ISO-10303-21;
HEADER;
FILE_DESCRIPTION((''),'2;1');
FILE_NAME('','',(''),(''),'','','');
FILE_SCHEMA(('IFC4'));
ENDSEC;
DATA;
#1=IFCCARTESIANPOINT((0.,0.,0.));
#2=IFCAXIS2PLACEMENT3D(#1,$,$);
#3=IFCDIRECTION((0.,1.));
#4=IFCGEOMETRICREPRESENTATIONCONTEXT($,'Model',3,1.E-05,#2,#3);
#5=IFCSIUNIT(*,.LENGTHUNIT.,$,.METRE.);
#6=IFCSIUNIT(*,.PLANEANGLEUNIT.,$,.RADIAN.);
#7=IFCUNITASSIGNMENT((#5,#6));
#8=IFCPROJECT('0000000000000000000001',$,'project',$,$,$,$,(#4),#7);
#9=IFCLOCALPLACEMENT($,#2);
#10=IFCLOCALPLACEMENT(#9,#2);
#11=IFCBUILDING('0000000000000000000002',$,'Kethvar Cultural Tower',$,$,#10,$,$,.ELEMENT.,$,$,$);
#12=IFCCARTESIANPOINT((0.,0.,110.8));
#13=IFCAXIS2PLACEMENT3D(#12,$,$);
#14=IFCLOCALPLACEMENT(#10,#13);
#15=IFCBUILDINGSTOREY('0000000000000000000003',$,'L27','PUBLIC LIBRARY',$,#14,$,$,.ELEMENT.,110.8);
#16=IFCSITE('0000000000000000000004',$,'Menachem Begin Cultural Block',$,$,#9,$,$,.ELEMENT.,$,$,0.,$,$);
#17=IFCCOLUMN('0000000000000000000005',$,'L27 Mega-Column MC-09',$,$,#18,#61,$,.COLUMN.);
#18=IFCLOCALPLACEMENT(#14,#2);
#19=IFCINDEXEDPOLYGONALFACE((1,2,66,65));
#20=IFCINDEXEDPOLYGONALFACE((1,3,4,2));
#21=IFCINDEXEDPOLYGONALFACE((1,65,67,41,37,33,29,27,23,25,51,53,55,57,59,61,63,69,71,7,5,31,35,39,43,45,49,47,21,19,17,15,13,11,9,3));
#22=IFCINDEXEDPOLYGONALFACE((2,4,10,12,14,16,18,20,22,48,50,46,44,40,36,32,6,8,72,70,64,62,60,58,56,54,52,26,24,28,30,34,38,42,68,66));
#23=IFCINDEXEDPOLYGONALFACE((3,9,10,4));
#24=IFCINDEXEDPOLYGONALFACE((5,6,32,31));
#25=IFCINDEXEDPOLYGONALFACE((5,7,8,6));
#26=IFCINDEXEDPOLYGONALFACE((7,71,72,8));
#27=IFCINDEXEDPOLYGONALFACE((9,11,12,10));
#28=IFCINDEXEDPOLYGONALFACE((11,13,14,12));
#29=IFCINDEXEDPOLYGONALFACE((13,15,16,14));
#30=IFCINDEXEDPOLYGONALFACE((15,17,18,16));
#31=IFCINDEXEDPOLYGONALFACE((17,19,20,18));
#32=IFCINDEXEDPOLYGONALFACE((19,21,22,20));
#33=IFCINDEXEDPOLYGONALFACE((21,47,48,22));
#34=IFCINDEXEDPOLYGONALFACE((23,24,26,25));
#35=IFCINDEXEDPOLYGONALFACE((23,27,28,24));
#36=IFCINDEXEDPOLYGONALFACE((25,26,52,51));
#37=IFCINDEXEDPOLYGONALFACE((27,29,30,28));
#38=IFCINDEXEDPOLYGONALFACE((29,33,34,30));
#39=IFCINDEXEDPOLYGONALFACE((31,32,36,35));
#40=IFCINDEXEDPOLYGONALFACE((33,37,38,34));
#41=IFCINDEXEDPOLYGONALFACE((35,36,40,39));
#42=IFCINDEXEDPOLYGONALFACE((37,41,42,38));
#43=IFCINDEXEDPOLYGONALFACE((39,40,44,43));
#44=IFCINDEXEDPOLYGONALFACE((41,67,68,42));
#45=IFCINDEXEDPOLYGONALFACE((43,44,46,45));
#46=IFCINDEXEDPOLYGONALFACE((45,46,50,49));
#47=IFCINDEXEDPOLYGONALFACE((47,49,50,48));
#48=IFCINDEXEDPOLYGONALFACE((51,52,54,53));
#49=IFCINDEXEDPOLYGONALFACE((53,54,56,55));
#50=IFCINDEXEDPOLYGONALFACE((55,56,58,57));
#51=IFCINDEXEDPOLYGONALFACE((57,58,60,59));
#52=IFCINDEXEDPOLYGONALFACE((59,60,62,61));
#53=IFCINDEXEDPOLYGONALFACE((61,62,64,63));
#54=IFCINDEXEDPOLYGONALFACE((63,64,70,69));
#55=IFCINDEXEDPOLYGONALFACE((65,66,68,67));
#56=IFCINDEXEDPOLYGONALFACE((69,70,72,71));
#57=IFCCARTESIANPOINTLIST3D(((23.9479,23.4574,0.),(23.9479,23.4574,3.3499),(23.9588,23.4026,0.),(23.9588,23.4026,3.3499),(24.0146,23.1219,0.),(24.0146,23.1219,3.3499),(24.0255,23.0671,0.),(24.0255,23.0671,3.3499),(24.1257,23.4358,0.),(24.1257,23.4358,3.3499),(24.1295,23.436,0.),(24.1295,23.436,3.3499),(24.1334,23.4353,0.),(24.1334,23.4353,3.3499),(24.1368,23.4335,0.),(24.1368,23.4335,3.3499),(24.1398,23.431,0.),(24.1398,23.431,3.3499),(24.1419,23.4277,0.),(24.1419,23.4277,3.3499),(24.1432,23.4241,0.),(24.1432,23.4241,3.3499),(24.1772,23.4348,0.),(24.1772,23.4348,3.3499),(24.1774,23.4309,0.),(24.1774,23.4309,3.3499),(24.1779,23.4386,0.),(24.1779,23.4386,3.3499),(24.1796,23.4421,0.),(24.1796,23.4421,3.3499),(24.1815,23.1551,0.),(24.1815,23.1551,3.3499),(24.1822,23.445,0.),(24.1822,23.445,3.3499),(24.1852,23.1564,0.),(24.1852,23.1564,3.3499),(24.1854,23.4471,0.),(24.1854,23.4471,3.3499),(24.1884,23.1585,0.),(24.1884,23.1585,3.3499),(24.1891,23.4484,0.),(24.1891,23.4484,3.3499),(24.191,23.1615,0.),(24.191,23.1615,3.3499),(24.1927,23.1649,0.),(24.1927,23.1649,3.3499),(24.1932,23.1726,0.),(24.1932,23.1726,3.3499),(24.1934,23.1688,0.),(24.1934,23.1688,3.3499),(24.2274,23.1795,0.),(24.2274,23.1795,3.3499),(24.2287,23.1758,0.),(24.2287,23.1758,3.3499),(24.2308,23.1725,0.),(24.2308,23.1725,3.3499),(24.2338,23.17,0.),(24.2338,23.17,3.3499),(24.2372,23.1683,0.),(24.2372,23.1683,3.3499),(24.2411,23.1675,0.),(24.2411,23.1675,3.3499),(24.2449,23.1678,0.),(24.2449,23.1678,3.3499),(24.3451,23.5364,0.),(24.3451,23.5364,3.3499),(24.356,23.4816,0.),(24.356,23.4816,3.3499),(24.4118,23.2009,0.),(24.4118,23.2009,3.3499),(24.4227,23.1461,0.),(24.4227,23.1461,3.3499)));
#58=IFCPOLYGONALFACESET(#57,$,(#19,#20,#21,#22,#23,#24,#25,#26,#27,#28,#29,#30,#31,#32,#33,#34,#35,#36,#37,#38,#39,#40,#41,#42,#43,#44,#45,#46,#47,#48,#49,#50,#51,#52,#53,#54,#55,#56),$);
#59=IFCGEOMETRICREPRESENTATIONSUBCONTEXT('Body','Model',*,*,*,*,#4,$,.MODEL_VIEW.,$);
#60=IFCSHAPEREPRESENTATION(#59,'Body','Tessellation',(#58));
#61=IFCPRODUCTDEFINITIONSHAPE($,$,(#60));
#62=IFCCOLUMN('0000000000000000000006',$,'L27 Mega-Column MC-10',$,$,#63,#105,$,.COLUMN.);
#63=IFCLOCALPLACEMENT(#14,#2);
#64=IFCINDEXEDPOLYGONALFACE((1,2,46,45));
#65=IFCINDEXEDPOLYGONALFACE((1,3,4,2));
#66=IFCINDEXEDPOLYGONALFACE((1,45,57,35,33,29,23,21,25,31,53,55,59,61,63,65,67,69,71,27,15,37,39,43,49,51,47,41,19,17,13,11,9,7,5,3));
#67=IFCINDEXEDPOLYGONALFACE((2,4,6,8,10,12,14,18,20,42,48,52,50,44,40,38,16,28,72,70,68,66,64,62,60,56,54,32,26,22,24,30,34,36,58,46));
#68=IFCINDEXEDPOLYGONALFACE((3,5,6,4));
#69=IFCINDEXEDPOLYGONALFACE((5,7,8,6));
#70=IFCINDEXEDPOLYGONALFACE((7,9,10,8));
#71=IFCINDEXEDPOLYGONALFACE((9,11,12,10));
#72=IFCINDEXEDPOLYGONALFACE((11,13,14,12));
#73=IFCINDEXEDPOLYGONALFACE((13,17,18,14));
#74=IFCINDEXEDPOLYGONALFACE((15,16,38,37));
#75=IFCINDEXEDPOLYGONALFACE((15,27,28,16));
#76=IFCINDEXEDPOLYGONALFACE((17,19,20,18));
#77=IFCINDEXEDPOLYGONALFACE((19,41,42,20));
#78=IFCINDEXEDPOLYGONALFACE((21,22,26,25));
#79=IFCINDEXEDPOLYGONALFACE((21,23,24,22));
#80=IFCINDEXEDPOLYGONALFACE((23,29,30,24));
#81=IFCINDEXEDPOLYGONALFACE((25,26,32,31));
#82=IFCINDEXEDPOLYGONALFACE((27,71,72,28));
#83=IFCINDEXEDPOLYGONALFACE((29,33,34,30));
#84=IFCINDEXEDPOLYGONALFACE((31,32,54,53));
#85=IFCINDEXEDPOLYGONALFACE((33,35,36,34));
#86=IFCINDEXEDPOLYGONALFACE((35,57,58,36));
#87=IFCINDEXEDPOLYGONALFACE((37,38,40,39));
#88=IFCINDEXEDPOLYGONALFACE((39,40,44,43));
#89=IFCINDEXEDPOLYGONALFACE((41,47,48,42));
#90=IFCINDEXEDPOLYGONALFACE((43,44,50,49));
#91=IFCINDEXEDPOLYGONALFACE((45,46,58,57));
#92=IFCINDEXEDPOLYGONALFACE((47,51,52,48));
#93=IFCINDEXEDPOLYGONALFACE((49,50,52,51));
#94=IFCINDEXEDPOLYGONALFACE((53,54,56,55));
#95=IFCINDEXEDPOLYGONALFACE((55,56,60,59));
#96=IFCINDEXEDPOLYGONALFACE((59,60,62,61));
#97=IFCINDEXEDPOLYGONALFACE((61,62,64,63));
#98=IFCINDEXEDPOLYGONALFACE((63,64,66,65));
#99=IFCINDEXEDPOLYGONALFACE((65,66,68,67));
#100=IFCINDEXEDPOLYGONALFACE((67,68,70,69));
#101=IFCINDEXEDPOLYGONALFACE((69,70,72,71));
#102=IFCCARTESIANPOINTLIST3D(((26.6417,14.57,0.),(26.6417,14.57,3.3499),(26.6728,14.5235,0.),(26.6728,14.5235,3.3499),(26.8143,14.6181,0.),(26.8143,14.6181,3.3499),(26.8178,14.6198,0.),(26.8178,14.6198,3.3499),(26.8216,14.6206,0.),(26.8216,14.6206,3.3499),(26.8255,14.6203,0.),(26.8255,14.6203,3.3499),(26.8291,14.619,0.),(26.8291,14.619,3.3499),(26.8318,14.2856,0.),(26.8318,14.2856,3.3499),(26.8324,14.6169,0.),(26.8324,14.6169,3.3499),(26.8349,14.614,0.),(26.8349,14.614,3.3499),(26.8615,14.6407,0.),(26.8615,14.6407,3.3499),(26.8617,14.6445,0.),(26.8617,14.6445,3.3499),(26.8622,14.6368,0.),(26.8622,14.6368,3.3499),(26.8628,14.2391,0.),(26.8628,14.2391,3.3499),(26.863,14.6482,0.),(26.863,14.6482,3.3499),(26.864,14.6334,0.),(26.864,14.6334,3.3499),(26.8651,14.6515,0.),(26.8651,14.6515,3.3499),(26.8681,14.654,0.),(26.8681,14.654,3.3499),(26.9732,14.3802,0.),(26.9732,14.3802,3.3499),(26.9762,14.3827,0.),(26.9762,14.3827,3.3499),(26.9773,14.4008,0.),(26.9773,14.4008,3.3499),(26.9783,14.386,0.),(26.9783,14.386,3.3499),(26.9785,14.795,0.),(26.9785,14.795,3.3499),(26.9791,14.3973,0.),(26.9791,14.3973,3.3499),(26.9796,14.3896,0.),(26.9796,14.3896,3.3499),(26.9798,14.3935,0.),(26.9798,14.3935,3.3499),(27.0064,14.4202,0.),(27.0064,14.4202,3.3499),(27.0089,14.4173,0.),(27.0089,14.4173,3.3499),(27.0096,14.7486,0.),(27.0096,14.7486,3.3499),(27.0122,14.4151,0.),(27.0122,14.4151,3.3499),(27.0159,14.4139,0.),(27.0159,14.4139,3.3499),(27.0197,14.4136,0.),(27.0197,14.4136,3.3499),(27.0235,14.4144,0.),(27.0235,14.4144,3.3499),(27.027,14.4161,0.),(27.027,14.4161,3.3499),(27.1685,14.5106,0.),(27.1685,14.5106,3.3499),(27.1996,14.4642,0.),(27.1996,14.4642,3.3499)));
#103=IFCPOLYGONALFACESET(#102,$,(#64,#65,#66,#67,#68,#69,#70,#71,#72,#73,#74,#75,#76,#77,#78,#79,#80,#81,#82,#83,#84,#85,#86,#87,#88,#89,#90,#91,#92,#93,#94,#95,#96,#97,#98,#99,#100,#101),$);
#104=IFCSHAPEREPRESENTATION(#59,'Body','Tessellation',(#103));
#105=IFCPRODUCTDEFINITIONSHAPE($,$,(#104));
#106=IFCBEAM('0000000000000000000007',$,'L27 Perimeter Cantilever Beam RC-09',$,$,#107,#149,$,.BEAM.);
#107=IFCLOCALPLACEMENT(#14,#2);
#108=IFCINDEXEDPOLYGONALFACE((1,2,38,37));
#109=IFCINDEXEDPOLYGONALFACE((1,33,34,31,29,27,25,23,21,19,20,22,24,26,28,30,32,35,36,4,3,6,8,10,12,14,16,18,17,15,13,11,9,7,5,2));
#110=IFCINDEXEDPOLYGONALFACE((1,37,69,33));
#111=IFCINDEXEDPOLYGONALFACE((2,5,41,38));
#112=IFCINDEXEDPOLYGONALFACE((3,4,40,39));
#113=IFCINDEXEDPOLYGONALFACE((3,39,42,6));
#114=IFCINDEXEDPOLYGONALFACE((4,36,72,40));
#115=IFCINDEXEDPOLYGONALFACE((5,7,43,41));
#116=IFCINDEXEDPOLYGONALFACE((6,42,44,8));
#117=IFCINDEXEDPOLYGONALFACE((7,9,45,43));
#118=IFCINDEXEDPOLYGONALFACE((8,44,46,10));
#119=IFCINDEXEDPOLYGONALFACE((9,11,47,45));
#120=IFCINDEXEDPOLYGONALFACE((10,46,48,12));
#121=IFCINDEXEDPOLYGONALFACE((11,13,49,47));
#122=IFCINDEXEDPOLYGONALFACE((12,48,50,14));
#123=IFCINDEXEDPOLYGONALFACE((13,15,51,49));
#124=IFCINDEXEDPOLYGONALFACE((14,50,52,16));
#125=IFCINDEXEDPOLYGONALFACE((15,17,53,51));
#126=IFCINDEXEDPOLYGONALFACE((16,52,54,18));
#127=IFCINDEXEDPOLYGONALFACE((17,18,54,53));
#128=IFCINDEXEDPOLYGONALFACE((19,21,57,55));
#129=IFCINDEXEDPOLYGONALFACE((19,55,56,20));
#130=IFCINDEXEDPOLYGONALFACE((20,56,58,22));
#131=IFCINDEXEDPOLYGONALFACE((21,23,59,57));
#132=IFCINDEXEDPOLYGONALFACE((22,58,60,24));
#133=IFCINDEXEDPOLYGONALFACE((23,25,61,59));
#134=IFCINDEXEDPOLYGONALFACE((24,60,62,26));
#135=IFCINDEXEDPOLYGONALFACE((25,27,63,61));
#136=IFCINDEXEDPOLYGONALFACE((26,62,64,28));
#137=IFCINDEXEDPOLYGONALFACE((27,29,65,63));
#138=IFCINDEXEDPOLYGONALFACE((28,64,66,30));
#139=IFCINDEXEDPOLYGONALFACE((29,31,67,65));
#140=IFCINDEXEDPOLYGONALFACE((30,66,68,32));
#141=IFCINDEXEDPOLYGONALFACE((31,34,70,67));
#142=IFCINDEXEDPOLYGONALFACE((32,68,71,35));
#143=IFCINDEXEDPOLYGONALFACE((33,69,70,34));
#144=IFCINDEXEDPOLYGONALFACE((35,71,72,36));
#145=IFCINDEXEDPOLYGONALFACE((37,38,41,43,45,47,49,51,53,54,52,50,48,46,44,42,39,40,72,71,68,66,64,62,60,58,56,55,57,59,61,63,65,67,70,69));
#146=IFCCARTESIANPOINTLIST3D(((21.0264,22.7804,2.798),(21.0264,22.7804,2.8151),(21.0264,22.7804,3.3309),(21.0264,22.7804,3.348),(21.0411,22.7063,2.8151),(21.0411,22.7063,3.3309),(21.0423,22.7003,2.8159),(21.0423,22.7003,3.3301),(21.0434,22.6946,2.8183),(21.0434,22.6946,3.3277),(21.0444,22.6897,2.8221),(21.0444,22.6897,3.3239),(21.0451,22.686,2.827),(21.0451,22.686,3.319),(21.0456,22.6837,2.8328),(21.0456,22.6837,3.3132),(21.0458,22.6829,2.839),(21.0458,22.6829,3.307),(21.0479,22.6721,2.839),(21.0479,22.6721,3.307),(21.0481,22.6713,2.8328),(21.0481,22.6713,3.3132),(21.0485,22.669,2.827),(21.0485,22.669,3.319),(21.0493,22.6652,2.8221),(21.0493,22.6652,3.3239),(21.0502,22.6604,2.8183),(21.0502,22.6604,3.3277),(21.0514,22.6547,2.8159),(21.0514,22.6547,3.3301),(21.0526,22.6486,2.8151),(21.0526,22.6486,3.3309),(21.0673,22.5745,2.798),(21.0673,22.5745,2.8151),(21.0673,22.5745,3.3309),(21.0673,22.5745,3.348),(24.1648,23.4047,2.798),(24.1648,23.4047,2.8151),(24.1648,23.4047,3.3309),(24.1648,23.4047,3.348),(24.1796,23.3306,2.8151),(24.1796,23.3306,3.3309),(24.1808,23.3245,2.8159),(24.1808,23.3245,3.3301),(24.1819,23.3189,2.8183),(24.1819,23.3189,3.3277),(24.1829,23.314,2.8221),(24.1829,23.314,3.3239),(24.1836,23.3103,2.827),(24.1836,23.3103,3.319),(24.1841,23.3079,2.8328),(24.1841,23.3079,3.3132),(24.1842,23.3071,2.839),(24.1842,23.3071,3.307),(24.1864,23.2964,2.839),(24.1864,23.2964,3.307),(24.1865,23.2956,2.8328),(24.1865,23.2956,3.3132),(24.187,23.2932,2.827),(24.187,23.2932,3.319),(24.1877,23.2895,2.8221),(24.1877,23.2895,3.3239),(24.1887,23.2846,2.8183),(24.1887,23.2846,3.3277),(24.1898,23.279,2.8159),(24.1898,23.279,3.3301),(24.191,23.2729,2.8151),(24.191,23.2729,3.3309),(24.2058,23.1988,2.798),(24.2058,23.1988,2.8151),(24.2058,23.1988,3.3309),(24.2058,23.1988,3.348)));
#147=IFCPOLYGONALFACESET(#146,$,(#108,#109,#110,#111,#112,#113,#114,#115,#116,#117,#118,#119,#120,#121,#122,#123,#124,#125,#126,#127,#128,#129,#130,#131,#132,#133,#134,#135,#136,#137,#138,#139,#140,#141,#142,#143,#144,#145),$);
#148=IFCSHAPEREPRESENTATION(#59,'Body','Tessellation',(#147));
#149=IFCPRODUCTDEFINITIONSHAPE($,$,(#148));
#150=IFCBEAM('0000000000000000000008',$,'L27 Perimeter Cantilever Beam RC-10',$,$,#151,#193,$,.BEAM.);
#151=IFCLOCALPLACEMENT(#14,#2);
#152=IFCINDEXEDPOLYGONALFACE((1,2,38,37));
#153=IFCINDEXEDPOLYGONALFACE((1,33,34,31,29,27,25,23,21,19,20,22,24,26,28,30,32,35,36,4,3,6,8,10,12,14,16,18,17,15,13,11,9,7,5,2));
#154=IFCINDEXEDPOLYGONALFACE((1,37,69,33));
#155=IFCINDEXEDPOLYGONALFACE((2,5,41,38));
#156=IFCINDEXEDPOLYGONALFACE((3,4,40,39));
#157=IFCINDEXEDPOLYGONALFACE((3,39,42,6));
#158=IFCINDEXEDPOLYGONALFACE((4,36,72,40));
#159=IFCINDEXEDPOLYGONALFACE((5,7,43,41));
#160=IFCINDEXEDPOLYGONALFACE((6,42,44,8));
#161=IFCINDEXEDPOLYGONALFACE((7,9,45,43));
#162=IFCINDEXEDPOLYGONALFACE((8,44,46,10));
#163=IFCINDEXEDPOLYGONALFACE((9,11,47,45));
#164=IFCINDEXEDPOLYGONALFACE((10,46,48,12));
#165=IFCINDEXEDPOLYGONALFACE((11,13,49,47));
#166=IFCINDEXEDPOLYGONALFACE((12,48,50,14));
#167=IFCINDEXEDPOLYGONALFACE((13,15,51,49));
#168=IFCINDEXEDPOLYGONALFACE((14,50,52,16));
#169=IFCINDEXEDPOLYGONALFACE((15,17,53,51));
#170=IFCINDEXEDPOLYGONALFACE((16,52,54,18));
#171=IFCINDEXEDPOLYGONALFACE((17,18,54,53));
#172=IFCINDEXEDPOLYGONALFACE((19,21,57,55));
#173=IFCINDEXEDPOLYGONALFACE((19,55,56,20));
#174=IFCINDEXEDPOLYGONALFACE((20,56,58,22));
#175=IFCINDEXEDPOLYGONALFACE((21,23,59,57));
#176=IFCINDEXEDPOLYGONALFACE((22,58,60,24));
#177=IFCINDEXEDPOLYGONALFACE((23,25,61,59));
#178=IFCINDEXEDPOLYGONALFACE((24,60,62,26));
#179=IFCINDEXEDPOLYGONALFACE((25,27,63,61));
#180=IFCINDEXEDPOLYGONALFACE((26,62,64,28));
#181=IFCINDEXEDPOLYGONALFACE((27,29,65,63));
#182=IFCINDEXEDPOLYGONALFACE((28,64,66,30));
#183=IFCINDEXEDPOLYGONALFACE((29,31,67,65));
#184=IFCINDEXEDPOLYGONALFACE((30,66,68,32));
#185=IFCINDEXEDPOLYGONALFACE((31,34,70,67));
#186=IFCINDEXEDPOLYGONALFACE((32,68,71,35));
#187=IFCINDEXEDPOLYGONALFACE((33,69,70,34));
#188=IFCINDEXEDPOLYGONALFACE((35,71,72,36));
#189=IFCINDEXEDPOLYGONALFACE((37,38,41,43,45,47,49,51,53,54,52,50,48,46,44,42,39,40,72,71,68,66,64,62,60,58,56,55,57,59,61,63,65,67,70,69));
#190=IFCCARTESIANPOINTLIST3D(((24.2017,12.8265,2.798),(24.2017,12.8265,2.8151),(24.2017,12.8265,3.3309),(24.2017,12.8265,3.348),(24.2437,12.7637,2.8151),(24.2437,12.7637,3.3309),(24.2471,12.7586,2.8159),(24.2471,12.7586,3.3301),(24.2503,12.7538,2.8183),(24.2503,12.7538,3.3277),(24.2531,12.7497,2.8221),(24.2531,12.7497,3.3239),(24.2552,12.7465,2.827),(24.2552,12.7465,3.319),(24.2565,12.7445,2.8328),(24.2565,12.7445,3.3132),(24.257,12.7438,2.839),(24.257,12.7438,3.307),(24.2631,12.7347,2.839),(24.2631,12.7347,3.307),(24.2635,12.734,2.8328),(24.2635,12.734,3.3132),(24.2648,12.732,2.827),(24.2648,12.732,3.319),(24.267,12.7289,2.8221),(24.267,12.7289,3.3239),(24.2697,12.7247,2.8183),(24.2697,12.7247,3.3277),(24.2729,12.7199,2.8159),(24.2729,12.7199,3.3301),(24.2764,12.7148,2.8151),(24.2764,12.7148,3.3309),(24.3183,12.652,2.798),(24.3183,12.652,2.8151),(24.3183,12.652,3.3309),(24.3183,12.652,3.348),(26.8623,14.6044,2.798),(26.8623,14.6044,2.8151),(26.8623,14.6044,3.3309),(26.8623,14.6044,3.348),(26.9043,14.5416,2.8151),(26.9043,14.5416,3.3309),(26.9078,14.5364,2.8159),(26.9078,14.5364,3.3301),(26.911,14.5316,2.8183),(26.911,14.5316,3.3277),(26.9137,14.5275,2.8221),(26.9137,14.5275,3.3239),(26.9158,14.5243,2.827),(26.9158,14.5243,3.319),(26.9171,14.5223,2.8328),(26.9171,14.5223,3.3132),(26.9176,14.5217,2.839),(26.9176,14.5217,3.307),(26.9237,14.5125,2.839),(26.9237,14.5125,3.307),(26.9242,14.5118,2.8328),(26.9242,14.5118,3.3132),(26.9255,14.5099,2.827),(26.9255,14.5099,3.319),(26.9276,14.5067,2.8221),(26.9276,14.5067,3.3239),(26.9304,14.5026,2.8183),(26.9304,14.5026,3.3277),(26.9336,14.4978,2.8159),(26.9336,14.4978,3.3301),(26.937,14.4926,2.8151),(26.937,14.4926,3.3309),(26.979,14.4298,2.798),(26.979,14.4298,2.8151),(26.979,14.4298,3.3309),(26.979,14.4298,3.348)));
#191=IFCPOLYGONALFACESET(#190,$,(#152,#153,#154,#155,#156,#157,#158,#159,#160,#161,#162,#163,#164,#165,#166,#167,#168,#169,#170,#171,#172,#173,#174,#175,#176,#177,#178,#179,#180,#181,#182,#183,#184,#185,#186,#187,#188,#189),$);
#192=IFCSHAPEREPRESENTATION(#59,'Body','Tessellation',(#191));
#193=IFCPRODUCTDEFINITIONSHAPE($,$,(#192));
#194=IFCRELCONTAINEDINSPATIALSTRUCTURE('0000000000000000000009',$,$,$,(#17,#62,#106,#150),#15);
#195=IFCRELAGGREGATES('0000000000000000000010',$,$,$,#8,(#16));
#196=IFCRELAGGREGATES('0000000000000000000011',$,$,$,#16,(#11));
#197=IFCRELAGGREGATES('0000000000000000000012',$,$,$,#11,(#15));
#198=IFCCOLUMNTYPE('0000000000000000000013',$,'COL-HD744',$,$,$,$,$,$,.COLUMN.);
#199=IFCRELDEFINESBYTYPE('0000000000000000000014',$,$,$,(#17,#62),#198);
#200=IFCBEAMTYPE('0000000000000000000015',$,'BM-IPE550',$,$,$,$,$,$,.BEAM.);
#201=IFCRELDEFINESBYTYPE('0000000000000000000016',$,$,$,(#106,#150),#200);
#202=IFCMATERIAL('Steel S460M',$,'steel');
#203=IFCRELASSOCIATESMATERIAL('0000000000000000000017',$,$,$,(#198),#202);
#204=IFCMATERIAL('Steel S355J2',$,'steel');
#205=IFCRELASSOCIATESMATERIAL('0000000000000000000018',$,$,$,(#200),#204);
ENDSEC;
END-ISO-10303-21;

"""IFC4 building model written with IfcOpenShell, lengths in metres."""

from ifc_helpers import new_model, si_unit, direction, frame, origin, origin_2d, place, context, subcontext, project, spatial, i_section, extrude, source, transform, mapped, material, material_profile, profile_set, type_object, element, save


model = new_model("IFC4")

# Units and contexts
model_context = context("Model", 3, precision=1e-05, world=origin(), true_north=direction((0.0, 1.0)))
body_context = subcontext(model_context, "Body", "Model", "MODEL_VIEW")
ifc_project = project(units=[si_unit("LENGTHUNIT", "METRE"), si_unit("PLANEANGLEUNIT", "RADIAN")], contexts=[model_context])

# Site, building, storey
site_placement = place(None, origin())
site = spatial("IfcSite", under=ifc_project, at=site_placement, Name="Menachem Begin Cultural Block", CompositionType="ELEMENT", RefElevation=0.0)
building_placement = place(site_placement, origin())
building = spatial("IfcBuilding", under=site, at=building_placement, Name="Kethvar Cultural Tower", CompositionType="ELEMENT")
storey_placement = place(building_placement, frame((0.0, 0.0, 110.8)))
storey = spatial("IfcBuildingStorey", under=building, at=storey_placement, Name="L27", Description="PUBLIC LIBRARY", CompositionType="ELEMENT", Elevation=110.8)

# Columns
ifc_material_1 = material(Name="Steel S460M", Category="steel")
ifc_material_profile_1 = material_profile(ifc_material_1, i_section(OverallWidth=0.405, OverallDepth=0.3979, WebThickness=0.0349, FlangeThickness=0.0559, FilletRadius=0.0149, at=origin_2d()), Name="Steel S460M — HD400x744")
ifc_profile_set_1 = profile_set([ifc_material_profile_1], Name="Steel S460M — HD400x744")
column_type = type_object("IfcColumnType", Name="COL-HD744", PredefinedType="COLUMN", material=ifc_profile_set_1)
shared_shape_1 = source(origin(), body_context, "Body", "SweptSolid", [
    extrude(i_section(OverallWidth=0.405, OverallDepth=0.3979, WebThickness=0.0349, FlangeThickness=0.0559, FilletRadius=0.0149, at=origin_2d()), origin(), (0.0, 0.0, 1.0), 3.3499),
])
for number, where, z_axis, x_axis, name in (
    (1, (24.1853, 23.3018, 0.0), (0.0, 0.0, 1.0), (-0.980785, -0.19509, 0.0), "L27 Mega-Column MC-09"),
    (2, (26.9207, 14.5171, 0.0), (0.0, 0.0, 1.0), (-0.83147, -0.55557, 0.0), "L27 Mega-Column MC-10"),
):
    element("IfcColumn", number, at=place(storey_placement, frame(where, z_axis=z_axis, x_axis=x_axis)), inside=storey, type_object=column_type, Name=name, PredefinedType="COLUMN", context=body_context, shape_type="MappedRepresentation", body=[
        mapped(shared_shape_1, transform((0.0, 0.0, 0.0), scale=1.0)),
    ])

# Beams
ifc_material_2 = material(Name="Steel S355J2", Category="steel")
ifc_material_profile_2 = material_profile(ifc_material_2, i_section(OverallWidth=0.21, OverallDepth=0.55, WebThickness=0.011, FlangeThickness=0.0171, FilletRadius=0.0239, at=origin_2d()), Name="Steel S355J2 — IPE550")
ifc_profile_set_2 = profile_set([ifc_material_profile_2], Name="Steel S355J2 — IPE550")
beam_type_1 = type_object("IfcBeamType", Name="BM-IPE550", PredefinedType="BEAM", material=ifc_profile_set_2)
shared_shape_2 = source(origin(), body_context, "Body", "SweptSolid", [
    extrude(i_section(OverallWidth=0.21, OverallDepth=0.55, WebThickness=0.011, FlangeThickness=0.0171, FilletRadius=0.0239, at=origin_2d()), origin(), (0.0, 0.0, 1.0), 3.2),
])
for number, where, z_axis, x_axis, name in (
    (3, (24.1853, 23.3018, 3.073), (-0.980786, -0.195089, 0.0), (0.195089, -0.980786, 0.0), "L27 Perimeter Cantilever Beam RC-09"),
    (4, (26.9207, 14.5171, 3.073), (-0.831463, -0.55558, 0.0), (0.55558, -0.831463, 0.0), "L27 Perimeter Cantilever Beam RC-10"),
):
    element("IfcBeam", number, at=place(storey_placement, frame(where, z_axis=z_axis, x_axis=x_axis)), inside=storey, type_object=beam_type_1, Name=name, PredefinedType="BEAM", context=body_context, shape_type="MappedRepresentation", body=[
        mapped(shared_shape_2, transform((0.0, 0.0, 0.0), scale=1.0)),
    ])

save(model, "model.ifc")
